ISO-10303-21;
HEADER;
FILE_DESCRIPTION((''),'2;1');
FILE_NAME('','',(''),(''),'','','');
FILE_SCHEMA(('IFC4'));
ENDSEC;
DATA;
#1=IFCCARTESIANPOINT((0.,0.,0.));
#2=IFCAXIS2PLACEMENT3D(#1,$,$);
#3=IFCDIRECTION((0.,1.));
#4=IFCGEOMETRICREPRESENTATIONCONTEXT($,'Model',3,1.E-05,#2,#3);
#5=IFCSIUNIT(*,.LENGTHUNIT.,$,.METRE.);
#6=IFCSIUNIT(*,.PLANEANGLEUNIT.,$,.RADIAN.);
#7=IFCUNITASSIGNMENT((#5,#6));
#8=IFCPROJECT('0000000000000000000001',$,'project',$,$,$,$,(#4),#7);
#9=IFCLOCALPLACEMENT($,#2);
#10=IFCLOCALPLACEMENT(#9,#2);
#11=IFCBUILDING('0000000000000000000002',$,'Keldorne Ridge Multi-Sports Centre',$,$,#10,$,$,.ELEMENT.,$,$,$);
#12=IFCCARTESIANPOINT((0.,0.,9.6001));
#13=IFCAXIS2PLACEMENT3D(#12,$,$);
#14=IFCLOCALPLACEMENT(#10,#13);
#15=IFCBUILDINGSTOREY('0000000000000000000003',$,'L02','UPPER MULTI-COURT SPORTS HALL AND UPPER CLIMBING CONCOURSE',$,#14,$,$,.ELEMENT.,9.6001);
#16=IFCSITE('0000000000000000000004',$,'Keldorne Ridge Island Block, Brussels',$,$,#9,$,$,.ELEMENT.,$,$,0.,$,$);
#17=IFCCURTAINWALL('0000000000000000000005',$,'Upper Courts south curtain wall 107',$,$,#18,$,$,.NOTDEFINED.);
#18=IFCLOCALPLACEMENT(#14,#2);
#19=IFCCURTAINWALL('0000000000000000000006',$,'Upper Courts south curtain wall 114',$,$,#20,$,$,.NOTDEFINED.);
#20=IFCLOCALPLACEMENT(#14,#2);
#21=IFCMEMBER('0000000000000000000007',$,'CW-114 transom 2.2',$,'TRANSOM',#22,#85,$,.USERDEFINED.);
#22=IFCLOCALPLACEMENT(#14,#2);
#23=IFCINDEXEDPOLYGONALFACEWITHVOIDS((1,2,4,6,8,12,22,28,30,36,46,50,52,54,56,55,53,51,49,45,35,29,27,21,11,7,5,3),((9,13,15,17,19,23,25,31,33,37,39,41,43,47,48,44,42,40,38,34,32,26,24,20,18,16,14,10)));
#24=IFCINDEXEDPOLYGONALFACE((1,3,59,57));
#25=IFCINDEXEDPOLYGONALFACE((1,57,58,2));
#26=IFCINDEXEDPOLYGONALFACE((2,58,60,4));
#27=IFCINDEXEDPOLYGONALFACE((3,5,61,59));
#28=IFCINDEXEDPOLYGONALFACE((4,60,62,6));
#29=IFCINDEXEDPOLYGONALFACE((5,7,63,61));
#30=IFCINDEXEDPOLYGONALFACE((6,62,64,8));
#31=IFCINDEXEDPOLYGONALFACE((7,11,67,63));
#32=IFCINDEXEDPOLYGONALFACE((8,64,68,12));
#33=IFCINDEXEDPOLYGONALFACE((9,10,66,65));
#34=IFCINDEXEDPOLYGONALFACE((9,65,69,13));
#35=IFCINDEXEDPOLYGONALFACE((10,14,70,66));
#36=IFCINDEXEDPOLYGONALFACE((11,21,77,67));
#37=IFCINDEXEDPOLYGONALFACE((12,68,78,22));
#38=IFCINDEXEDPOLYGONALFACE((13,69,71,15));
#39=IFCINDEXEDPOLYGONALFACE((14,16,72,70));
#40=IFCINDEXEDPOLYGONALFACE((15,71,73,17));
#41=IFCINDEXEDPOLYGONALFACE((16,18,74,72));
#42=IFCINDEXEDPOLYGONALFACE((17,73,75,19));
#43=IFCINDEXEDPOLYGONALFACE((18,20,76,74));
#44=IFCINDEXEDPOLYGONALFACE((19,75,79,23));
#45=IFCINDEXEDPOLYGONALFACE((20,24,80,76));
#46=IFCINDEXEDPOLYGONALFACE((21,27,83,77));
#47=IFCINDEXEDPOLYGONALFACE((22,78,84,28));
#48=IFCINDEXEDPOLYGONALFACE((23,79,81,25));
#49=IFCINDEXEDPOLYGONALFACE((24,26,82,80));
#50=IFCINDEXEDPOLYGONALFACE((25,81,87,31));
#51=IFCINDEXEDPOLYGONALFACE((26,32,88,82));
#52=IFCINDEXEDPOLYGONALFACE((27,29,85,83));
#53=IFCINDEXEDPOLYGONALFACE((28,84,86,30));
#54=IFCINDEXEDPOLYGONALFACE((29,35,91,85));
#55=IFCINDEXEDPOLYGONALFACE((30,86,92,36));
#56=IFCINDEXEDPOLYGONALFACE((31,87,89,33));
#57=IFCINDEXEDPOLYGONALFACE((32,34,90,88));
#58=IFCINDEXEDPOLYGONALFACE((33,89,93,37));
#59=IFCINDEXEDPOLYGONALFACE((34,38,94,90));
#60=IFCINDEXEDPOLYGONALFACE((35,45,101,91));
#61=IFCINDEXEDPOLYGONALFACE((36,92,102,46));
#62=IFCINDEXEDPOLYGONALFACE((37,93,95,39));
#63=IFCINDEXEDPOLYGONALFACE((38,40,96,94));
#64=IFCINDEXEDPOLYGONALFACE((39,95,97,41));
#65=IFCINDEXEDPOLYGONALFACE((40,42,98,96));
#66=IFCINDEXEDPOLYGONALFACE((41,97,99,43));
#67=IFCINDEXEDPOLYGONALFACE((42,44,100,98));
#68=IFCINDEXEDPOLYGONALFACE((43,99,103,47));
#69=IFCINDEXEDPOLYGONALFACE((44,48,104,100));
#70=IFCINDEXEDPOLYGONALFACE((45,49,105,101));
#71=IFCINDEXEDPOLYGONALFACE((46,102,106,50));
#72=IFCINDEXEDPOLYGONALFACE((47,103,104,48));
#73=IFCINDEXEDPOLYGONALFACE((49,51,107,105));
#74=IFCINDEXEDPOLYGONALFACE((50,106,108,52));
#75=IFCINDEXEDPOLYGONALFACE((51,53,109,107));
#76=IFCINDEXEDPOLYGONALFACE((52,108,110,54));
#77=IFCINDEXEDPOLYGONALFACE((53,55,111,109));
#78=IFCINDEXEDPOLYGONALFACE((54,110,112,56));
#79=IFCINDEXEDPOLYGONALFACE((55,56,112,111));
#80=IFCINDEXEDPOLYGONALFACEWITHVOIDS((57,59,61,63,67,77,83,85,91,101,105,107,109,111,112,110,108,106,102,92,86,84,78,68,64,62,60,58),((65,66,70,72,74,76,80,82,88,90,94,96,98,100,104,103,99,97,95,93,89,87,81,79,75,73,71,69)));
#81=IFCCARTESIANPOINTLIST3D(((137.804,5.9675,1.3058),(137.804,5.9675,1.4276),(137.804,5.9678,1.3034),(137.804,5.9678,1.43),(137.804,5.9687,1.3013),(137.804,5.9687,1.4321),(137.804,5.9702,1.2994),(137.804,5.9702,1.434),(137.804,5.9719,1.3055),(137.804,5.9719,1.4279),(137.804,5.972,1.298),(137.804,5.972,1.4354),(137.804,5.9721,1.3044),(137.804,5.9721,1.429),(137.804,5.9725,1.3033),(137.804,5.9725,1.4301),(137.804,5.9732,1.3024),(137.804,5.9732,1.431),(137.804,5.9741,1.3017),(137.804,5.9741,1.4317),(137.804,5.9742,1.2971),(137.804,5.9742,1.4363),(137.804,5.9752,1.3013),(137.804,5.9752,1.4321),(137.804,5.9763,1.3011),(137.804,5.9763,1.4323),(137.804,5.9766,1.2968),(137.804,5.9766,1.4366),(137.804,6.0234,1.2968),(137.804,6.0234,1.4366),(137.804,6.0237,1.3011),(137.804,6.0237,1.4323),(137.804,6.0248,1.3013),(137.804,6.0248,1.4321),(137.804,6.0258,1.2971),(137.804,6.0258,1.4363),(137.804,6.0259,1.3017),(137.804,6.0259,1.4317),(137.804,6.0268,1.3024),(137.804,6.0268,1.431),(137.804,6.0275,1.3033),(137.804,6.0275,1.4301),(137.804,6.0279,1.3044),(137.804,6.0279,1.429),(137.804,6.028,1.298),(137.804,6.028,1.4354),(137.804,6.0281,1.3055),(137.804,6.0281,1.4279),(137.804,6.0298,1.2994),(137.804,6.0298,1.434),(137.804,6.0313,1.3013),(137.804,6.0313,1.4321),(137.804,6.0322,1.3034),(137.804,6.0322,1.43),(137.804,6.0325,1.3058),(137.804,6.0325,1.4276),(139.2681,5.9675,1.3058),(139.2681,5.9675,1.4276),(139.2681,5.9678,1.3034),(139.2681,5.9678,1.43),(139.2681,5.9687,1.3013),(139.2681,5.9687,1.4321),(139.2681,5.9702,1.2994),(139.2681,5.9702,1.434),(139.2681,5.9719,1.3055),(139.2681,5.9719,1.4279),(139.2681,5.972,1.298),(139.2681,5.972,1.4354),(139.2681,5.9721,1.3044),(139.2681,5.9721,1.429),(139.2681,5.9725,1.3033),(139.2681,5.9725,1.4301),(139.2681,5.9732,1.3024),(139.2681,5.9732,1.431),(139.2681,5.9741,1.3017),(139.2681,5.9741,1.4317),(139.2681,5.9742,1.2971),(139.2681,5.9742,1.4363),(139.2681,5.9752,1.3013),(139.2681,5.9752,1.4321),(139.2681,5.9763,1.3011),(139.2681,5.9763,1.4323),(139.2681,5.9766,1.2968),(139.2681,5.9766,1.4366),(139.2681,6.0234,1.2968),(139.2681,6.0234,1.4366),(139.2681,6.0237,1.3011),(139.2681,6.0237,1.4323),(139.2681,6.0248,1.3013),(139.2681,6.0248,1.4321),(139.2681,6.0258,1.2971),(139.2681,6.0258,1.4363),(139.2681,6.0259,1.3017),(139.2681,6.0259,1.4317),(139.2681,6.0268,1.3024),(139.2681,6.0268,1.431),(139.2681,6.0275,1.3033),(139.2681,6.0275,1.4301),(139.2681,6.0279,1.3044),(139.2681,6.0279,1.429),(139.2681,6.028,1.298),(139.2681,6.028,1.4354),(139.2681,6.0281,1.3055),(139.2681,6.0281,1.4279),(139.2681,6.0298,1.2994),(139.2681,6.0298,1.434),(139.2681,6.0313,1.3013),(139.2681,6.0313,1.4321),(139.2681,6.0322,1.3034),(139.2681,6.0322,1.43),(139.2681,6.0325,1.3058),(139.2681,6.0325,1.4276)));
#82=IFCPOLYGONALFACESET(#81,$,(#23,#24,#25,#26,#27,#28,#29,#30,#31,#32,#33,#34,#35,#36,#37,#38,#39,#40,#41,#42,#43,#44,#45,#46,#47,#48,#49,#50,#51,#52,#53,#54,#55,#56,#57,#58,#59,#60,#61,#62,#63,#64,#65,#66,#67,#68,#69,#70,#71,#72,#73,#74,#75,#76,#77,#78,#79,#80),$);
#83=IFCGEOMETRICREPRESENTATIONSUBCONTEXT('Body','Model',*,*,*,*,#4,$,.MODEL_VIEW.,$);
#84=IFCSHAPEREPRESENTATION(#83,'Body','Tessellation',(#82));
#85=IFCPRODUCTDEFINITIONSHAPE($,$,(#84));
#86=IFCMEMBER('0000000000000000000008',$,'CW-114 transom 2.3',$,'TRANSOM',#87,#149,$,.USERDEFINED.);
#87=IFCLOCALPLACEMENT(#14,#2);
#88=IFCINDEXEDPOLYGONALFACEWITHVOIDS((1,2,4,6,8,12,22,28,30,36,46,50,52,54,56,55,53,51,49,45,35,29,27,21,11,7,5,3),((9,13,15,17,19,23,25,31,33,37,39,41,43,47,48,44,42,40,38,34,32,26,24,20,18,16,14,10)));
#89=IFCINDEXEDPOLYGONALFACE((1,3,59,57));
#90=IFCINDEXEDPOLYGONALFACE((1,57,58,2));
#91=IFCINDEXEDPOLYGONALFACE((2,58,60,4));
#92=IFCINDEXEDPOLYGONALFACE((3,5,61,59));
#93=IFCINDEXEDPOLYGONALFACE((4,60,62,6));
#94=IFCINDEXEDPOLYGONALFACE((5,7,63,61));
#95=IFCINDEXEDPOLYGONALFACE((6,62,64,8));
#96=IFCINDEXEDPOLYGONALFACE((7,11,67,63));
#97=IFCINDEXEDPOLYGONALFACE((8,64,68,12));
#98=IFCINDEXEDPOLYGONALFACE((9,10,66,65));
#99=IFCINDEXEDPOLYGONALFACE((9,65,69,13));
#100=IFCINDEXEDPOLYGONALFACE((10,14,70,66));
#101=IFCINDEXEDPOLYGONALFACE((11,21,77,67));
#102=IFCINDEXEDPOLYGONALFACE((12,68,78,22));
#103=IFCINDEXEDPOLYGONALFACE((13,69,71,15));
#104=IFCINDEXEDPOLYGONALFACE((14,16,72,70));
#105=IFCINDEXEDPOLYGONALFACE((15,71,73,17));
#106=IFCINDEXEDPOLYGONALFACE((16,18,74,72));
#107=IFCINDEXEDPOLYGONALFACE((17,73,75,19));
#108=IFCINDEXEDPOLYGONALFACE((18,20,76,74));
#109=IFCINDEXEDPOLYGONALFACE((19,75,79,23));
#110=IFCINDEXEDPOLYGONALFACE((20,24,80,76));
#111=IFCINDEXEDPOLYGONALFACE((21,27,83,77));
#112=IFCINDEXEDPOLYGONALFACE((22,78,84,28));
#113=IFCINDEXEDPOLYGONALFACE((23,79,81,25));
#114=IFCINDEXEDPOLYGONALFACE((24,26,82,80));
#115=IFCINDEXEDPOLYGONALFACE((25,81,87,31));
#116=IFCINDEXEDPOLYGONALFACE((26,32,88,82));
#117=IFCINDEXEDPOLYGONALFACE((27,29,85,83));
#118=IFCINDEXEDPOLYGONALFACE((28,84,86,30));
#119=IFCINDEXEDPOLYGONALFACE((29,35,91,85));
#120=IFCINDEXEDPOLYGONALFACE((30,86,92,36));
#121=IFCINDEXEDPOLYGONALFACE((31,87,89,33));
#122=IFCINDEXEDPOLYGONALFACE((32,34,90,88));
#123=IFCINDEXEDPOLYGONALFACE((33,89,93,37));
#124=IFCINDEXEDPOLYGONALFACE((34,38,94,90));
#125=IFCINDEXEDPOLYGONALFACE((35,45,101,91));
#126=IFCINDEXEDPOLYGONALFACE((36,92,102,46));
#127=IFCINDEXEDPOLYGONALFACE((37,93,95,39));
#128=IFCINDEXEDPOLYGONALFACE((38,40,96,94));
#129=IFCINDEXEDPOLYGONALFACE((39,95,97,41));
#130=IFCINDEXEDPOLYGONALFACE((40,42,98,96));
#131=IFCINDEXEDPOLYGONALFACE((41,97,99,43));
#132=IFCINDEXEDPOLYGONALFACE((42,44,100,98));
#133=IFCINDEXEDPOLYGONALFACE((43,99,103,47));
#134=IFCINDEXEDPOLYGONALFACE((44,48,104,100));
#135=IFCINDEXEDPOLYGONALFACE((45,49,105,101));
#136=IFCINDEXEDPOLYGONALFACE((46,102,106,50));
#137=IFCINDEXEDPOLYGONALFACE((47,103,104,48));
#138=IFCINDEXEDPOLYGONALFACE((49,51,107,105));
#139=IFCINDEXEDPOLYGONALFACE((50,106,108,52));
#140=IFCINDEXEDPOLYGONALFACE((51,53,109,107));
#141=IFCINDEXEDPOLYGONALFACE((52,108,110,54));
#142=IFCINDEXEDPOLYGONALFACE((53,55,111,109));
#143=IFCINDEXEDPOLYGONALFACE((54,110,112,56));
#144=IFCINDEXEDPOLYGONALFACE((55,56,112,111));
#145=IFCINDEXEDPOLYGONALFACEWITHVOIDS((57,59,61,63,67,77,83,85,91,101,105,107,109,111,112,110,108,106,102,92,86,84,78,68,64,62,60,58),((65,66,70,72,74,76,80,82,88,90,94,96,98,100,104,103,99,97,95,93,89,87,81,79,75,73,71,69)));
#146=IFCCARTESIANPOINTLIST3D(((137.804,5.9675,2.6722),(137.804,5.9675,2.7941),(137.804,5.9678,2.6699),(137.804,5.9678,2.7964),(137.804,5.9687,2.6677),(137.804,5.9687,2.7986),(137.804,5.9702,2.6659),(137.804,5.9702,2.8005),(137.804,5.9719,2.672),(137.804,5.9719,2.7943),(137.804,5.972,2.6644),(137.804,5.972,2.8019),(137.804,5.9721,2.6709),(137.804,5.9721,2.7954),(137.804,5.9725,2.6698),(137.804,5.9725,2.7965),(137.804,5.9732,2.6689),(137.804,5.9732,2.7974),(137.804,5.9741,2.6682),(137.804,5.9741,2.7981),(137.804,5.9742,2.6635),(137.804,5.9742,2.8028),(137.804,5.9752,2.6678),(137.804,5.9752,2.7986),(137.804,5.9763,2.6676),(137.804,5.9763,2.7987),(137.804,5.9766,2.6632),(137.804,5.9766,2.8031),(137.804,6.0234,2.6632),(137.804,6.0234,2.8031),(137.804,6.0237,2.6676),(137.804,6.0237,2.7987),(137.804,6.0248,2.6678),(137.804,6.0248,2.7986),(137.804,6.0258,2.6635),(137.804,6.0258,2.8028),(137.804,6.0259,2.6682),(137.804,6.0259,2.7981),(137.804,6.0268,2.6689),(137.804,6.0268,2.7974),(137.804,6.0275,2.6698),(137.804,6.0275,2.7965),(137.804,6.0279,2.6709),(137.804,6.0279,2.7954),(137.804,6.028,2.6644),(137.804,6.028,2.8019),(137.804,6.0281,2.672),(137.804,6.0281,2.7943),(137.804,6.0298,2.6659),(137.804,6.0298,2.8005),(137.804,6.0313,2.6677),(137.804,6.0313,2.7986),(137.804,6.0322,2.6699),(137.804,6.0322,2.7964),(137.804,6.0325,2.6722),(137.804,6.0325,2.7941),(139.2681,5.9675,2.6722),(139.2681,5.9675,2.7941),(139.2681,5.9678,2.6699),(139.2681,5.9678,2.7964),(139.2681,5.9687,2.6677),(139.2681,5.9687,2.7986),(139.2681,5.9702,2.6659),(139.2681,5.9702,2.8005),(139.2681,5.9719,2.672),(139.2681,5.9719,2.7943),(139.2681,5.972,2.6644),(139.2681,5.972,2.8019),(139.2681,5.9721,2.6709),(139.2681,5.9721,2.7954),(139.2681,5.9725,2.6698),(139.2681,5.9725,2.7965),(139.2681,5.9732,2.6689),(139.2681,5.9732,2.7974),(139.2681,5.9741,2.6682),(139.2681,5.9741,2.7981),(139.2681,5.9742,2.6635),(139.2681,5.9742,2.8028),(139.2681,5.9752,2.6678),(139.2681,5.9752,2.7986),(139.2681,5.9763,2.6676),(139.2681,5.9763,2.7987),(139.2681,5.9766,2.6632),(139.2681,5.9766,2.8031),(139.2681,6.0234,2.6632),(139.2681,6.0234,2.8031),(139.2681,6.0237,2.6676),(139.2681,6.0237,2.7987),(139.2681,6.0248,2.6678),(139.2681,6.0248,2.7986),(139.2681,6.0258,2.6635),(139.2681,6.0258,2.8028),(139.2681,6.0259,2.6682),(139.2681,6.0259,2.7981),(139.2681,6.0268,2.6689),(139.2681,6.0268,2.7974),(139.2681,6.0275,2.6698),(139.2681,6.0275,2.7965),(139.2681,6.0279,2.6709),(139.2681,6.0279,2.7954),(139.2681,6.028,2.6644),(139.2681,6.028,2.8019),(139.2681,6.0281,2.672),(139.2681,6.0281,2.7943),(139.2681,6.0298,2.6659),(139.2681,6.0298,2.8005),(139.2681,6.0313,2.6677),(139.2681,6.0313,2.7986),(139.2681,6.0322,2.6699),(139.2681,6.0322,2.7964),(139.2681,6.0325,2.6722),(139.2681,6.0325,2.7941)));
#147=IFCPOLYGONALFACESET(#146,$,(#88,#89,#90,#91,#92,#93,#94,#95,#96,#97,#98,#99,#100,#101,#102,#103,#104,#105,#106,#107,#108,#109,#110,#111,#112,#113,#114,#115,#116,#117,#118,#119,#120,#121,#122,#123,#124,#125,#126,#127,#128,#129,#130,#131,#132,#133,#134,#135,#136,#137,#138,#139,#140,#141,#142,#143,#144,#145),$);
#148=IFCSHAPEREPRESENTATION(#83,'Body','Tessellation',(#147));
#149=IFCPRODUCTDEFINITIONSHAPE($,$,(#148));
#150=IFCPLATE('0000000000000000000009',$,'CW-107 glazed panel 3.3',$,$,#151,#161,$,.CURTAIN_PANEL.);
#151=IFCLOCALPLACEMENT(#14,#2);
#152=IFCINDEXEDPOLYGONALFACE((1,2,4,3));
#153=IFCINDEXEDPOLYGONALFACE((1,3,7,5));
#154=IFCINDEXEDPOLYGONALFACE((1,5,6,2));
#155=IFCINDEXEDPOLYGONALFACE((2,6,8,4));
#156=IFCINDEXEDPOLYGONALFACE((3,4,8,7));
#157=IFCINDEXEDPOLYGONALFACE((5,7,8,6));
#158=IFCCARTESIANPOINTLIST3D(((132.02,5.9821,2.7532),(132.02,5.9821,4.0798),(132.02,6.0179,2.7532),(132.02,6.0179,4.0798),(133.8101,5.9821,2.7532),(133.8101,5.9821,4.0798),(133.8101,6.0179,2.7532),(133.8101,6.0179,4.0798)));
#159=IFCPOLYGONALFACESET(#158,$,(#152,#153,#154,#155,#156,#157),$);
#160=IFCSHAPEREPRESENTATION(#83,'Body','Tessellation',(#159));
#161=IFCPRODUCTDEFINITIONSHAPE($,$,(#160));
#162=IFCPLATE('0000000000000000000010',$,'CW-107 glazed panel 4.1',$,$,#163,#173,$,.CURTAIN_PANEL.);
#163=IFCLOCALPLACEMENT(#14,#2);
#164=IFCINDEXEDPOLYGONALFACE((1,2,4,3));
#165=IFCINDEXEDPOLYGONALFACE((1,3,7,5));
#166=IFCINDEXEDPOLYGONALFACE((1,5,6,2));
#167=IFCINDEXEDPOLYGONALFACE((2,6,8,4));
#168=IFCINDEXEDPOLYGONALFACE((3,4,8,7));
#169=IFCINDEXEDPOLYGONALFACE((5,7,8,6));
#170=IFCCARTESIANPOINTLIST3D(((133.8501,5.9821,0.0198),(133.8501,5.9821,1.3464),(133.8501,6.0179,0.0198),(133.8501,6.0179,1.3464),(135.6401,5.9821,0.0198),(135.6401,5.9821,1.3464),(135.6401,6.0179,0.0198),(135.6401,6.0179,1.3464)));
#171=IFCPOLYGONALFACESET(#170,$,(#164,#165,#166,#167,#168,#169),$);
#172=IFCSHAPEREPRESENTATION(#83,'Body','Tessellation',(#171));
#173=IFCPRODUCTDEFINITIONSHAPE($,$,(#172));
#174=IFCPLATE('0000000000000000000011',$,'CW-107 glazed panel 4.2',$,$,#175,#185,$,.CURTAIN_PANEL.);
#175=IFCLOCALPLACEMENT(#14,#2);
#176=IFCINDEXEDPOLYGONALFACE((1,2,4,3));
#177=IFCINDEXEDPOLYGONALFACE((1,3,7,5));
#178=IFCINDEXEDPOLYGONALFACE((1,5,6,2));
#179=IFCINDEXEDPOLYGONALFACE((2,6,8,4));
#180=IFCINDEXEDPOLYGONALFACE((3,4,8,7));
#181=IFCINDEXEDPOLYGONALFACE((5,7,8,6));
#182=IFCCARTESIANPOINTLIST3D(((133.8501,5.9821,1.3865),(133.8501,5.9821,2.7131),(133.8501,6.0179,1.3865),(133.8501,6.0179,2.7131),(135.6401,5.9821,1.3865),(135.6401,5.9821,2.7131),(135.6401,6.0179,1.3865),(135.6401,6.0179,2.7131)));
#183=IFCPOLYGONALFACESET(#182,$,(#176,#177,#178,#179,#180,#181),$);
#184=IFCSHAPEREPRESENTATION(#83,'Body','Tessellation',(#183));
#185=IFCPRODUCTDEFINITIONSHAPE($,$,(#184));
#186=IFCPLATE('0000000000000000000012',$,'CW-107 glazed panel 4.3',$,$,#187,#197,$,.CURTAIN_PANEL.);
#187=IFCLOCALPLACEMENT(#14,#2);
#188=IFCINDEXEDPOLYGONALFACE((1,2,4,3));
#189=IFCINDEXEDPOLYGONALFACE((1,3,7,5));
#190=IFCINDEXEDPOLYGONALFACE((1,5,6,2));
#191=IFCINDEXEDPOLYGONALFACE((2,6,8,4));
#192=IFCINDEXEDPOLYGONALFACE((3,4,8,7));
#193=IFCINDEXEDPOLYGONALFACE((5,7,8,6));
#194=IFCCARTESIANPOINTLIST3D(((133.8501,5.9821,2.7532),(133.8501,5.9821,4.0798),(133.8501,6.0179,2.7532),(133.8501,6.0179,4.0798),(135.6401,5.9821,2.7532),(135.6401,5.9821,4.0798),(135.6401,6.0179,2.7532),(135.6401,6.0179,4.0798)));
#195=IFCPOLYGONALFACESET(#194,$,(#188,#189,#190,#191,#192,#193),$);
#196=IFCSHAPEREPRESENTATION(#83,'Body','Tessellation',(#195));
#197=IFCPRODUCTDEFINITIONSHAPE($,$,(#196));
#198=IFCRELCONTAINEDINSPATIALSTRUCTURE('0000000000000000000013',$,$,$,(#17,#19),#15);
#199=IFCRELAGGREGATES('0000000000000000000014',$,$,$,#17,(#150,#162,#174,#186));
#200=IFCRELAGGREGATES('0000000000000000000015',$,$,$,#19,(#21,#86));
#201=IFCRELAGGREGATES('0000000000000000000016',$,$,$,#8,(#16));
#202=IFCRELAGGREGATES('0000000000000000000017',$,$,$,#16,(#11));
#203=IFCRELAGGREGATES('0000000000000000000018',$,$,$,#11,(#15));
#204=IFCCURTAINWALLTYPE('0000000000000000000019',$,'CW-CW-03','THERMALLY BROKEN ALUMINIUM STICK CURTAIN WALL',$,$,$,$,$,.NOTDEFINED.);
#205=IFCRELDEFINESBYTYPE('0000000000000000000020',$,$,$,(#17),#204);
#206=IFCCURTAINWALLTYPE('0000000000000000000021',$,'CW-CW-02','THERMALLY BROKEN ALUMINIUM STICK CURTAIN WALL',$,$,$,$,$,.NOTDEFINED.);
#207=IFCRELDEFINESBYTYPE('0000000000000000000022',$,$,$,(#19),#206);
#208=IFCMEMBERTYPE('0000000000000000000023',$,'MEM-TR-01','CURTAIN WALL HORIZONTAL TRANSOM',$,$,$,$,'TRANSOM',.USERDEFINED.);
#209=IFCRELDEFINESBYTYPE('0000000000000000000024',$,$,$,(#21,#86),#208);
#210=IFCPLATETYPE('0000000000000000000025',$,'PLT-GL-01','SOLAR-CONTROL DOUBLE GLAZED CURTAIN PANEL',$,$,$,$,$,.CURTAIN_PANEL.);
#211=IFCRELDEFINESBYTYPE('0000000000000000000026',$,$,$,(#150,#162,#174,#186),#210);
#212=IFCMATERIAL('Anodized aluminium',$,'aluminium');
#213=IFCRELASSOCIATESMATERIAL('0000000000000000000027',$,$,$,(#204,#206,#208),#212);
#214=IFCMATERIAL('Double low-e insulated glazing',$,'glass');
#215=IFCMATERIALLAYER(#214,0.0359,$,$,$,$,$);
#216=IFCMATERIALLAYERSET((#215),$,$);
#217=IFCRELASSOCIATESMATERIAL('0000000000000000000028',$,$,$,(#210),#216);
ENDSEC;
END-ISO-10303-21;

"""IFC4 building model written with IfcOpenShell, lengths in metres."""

from ifc_helpers import new_model, si_unit, direction, frame, origin, origin_2d, place, context, subcontext, project, spatial, rectangle, hollow_rectangle, extrude, material, layer, layer_set, material_profile, profile_set, type_object, element, aggregate, save


model = new_model("IFC4")

# Units and contexts
model_context = context("Model", 3, precision=1e-05, world=origin(), true_north=direction((0.0, 1.0)))
body_context = subcontext(model_context, "Body", "Model", "MODEL_VIEW")
ifc_project = project(units=[si_unit("LENGTHUNIT", "METRE"), si_unit("PLANEANGLEUNIT", "RADIAN")], contexts=[model_context])

# Site, building, storey
site_placement = place(None, origin())
site = spatial("IfcSite", under=ifc_project, at=site_placement, Name="Keldorne Ridge Island Block, Brussels", CompositionType="ELEMENT", RefElevation=0.0)
building_placement = place(site_placement, origin())
building = spatial("IfcBuilding", under=site, at=building_placement, Name="Keldorne Ridge Multi-Sports Centre", CompositionType="ELEMENT")
storey_placement = place(building_placement, frame((0.0, 0.0, 9.6001)))
storey = spatial("IfcBuildingStorey", under=building, at=storey_placement, Name="L02", Description="UPPER MULTI-COURT SPORTS HALL AND UPPER CLIMBING CONCOURSE", CompositionType="ELEMENT", Elevation=9.6001)

# Curtain walls
ifc_material_1 = material(Name="Anodized aluminium", Category="aluminium")
curtain_wall_type_1 = type_object("IfcCurtainWallType", Name="CW-CW-03", Description="THERMALLY BROKEN ALUMINIUM STICK CURTAIN WALL", PredefinedType="NOTDEFINED", material=ifc_material_1)
curtain_wall_1_placement = place(storey_placement, origin())
curtain_wall_1 = element("IfcCurtainWall", 1, at=curtain_wall_1_placement, inside=storey, type_object=curtain_wall_type_1, Name="Upper Courts south curtain wall 107", PredefinedType="NOTDEFINED")
curtain_wall_type_2 = type_object("IfcCurtainWallType", Name="CW-CW-02", Description="THERMALLY BROKEN ALUMINIUM STICK CURTAIN WALL", PredefinedType="NOTDEFINED", material=ifc_material_1)
curtain_wall_2_placement = place(storey_placement, origin())
curtain_wall_2 = element("IfcCurtainWall", 2, at=curtain_wall_2_placement, inside=storey, type_object=curtain_wall_type_2, Name="Upper Courts south curtain wall 114", PredefinedType="NOTDEFINED")

# Members
ifc_material_profile_1 = material_profile(ifc_material_1, hollow_rectangle(XDim=0.0649, YDim=0.1399, WallThickness=0.0044, InnerFilletRadius=0.0044, OuterFilletRadius=0.009, at=origin_2d()), Name="ALU TRANSOM 140x65x4.5")
ifc_profile_set_1 = profile_set([ifc_material_profile_1], Name="Anodized aluminium")
member_type_1 = type_object("IfcMemberType", Name="MEM-TR-01", Description="CURTAIN WALL HORIZONTAL TRANSOM", ElementType="TRANSOM", PredefinedType="USERDEFINED", material=ifc_profile_set_1)
member_1_placement = place(storey_placement, frame((137.804, 6.0, 1.3667), z_axis=(1.0, 0.0, 0.0), x_axis=(0.0, 1.0, 0.0)))
member_1 = element("IfcMember", 3, at=member_1_placement, type_object=member_type_1, Name="CW-114 transom 2.2", ObjectType="TRANSOM", PredefinedType="USERDEFINED", context=body_context, shape_type="SweptSolid", body=[
    extrude(hollow_rectangle(XDim=0.0649, YDim=0.1399, WallThickness=0.0044, InnerFilletRadius=0.0044, OuterFilletRadius=0.009, at=origin_2d()), origin(), (0.0, 0.0, 1.0), 1.4641),
])
member_2_placement = place(storey_placement, frame((137.804, 6.0, 2.7332), z_axis=(1.0, 0.0, 0.0), x_axis=(0.0, 1.0, 0.0)))
member_2 = element("IfcMember", 4, at=member_2_placement, type_object=member_type_1, Name="CW-114 transom 2.3", ObjectType="TRANSOM", PredefinedType="USERDEFINED", context=body_context, shape_type="SweptSolid", body=[
    extrude(hollow_rectangle(XDim=0.0649, YDim=0.1399, WallThickness=0.0044, InnerFilletRadius=0.0044, OuterFilletRadius=0.009, at=origin_2d()), origin(), (0.0, 0.0, 1.0), 1.4641),
])

# Plates
ifc_material_2 = material(Name="Double low-e insulated glazing", Category="glass")
ifc_layer = layer(ifc_material_2, 0.0359)
ifc_layer_set = layer_set([ifc_layer])
plate_type = type_object("IfcPlateType", Name="PLT-GL-01", Description="SOLAR-CONTROL DOUBLE GLAZED CURTAIN PANEL", PredefinedType="CURTAIN_PANEL", material=ifc_layer_set)
plate_1_placement = place(storey_placement, frame((132.915, 6.0, 2.7532), z_axis=(0.0, 0.0, 1.0), x_axis=(1.0, 0.0, 0.0)))
plate_1 = element("IfcPlate", 5, at=plate_1_placement, type_object=plate_type, Name="CW-107 glazed panel 3.3", PredefinedType="CURTAIN_PANEL", context=body_context, shape_type="SweptSolid", body=[
    extrude(rectangle(XDim=1.79, YDim=0.0359, at=origin_2d()), origin(), (0.0, 0.0, 1.0), 1.3267),
])
plate_2_placement = place(storey_placement, frame((134.7451, 6.0, 0.0198), z_axis=(0.0, 0.0, 1.0), x_axis=(1.0, 0.0, 0.0)))
plate_2 = element("IfcPlate", 6, at=plate_2_placement, type_object=plate_type, Name="CW-107 glazed panel 4.1", PredefinedType="CURTAIN_PANEL", context=body_context, shape_type="SweptSolid", body=[
    extrude(rectangle(XDim=1.79, YDim=0.0359, at=origin_2d()), origin(), (0.0, 0.0, 1.0), 1.3267),
])
plate_3_placement = place(storey_placement, frame((134.7451, 6.0, 1.3865), z_axis=(0.0, 0.0, 1.0), x_axis=(1.0, 0.0, 0.0)))
plate_3 = element("IfcPlate", 7, at=plate_3_placement, type_object=plate_type, Name="CW-107 glazed panel 4.2", PredefinedType="CURTAIN_PANEL", context=body_context, shape_type="SweptSolid", body=[
    extrude(rectangle(XDim=1.79, YDim=0.0359, at=origin_2d()), origin(), (0.0, 0.0, 1.0), 1.3267),
])
plate_4_placement = place(storey_placement, frame((134.7451, 6.0, 2.7532), z_axis=(0.0, 0.0, 1.0), x_axis=(1.0, 0.0, 0.0)))
plate_4 = element("IfcPlate", 8, at=plate_4_placement, type_object=plate_type, Name="CW-107 glazed panel 4.3", PredefinedType="CURTAIN_PANEL", context=body_context, shape_type="SweptSolid", body=[
    extrude(rectangle(XDim=1.79, YDim=0.0359, at=origin_2d()), origin(), (0.0, 0.0, 1.0), 1.3267),
])
aggregate(curtain_wall_1, [plate_1, plate_2, plate_3, plate_4])
aggregate(curtain_wall_2, [member_1, member_2])

save(model, "model.ifc")
